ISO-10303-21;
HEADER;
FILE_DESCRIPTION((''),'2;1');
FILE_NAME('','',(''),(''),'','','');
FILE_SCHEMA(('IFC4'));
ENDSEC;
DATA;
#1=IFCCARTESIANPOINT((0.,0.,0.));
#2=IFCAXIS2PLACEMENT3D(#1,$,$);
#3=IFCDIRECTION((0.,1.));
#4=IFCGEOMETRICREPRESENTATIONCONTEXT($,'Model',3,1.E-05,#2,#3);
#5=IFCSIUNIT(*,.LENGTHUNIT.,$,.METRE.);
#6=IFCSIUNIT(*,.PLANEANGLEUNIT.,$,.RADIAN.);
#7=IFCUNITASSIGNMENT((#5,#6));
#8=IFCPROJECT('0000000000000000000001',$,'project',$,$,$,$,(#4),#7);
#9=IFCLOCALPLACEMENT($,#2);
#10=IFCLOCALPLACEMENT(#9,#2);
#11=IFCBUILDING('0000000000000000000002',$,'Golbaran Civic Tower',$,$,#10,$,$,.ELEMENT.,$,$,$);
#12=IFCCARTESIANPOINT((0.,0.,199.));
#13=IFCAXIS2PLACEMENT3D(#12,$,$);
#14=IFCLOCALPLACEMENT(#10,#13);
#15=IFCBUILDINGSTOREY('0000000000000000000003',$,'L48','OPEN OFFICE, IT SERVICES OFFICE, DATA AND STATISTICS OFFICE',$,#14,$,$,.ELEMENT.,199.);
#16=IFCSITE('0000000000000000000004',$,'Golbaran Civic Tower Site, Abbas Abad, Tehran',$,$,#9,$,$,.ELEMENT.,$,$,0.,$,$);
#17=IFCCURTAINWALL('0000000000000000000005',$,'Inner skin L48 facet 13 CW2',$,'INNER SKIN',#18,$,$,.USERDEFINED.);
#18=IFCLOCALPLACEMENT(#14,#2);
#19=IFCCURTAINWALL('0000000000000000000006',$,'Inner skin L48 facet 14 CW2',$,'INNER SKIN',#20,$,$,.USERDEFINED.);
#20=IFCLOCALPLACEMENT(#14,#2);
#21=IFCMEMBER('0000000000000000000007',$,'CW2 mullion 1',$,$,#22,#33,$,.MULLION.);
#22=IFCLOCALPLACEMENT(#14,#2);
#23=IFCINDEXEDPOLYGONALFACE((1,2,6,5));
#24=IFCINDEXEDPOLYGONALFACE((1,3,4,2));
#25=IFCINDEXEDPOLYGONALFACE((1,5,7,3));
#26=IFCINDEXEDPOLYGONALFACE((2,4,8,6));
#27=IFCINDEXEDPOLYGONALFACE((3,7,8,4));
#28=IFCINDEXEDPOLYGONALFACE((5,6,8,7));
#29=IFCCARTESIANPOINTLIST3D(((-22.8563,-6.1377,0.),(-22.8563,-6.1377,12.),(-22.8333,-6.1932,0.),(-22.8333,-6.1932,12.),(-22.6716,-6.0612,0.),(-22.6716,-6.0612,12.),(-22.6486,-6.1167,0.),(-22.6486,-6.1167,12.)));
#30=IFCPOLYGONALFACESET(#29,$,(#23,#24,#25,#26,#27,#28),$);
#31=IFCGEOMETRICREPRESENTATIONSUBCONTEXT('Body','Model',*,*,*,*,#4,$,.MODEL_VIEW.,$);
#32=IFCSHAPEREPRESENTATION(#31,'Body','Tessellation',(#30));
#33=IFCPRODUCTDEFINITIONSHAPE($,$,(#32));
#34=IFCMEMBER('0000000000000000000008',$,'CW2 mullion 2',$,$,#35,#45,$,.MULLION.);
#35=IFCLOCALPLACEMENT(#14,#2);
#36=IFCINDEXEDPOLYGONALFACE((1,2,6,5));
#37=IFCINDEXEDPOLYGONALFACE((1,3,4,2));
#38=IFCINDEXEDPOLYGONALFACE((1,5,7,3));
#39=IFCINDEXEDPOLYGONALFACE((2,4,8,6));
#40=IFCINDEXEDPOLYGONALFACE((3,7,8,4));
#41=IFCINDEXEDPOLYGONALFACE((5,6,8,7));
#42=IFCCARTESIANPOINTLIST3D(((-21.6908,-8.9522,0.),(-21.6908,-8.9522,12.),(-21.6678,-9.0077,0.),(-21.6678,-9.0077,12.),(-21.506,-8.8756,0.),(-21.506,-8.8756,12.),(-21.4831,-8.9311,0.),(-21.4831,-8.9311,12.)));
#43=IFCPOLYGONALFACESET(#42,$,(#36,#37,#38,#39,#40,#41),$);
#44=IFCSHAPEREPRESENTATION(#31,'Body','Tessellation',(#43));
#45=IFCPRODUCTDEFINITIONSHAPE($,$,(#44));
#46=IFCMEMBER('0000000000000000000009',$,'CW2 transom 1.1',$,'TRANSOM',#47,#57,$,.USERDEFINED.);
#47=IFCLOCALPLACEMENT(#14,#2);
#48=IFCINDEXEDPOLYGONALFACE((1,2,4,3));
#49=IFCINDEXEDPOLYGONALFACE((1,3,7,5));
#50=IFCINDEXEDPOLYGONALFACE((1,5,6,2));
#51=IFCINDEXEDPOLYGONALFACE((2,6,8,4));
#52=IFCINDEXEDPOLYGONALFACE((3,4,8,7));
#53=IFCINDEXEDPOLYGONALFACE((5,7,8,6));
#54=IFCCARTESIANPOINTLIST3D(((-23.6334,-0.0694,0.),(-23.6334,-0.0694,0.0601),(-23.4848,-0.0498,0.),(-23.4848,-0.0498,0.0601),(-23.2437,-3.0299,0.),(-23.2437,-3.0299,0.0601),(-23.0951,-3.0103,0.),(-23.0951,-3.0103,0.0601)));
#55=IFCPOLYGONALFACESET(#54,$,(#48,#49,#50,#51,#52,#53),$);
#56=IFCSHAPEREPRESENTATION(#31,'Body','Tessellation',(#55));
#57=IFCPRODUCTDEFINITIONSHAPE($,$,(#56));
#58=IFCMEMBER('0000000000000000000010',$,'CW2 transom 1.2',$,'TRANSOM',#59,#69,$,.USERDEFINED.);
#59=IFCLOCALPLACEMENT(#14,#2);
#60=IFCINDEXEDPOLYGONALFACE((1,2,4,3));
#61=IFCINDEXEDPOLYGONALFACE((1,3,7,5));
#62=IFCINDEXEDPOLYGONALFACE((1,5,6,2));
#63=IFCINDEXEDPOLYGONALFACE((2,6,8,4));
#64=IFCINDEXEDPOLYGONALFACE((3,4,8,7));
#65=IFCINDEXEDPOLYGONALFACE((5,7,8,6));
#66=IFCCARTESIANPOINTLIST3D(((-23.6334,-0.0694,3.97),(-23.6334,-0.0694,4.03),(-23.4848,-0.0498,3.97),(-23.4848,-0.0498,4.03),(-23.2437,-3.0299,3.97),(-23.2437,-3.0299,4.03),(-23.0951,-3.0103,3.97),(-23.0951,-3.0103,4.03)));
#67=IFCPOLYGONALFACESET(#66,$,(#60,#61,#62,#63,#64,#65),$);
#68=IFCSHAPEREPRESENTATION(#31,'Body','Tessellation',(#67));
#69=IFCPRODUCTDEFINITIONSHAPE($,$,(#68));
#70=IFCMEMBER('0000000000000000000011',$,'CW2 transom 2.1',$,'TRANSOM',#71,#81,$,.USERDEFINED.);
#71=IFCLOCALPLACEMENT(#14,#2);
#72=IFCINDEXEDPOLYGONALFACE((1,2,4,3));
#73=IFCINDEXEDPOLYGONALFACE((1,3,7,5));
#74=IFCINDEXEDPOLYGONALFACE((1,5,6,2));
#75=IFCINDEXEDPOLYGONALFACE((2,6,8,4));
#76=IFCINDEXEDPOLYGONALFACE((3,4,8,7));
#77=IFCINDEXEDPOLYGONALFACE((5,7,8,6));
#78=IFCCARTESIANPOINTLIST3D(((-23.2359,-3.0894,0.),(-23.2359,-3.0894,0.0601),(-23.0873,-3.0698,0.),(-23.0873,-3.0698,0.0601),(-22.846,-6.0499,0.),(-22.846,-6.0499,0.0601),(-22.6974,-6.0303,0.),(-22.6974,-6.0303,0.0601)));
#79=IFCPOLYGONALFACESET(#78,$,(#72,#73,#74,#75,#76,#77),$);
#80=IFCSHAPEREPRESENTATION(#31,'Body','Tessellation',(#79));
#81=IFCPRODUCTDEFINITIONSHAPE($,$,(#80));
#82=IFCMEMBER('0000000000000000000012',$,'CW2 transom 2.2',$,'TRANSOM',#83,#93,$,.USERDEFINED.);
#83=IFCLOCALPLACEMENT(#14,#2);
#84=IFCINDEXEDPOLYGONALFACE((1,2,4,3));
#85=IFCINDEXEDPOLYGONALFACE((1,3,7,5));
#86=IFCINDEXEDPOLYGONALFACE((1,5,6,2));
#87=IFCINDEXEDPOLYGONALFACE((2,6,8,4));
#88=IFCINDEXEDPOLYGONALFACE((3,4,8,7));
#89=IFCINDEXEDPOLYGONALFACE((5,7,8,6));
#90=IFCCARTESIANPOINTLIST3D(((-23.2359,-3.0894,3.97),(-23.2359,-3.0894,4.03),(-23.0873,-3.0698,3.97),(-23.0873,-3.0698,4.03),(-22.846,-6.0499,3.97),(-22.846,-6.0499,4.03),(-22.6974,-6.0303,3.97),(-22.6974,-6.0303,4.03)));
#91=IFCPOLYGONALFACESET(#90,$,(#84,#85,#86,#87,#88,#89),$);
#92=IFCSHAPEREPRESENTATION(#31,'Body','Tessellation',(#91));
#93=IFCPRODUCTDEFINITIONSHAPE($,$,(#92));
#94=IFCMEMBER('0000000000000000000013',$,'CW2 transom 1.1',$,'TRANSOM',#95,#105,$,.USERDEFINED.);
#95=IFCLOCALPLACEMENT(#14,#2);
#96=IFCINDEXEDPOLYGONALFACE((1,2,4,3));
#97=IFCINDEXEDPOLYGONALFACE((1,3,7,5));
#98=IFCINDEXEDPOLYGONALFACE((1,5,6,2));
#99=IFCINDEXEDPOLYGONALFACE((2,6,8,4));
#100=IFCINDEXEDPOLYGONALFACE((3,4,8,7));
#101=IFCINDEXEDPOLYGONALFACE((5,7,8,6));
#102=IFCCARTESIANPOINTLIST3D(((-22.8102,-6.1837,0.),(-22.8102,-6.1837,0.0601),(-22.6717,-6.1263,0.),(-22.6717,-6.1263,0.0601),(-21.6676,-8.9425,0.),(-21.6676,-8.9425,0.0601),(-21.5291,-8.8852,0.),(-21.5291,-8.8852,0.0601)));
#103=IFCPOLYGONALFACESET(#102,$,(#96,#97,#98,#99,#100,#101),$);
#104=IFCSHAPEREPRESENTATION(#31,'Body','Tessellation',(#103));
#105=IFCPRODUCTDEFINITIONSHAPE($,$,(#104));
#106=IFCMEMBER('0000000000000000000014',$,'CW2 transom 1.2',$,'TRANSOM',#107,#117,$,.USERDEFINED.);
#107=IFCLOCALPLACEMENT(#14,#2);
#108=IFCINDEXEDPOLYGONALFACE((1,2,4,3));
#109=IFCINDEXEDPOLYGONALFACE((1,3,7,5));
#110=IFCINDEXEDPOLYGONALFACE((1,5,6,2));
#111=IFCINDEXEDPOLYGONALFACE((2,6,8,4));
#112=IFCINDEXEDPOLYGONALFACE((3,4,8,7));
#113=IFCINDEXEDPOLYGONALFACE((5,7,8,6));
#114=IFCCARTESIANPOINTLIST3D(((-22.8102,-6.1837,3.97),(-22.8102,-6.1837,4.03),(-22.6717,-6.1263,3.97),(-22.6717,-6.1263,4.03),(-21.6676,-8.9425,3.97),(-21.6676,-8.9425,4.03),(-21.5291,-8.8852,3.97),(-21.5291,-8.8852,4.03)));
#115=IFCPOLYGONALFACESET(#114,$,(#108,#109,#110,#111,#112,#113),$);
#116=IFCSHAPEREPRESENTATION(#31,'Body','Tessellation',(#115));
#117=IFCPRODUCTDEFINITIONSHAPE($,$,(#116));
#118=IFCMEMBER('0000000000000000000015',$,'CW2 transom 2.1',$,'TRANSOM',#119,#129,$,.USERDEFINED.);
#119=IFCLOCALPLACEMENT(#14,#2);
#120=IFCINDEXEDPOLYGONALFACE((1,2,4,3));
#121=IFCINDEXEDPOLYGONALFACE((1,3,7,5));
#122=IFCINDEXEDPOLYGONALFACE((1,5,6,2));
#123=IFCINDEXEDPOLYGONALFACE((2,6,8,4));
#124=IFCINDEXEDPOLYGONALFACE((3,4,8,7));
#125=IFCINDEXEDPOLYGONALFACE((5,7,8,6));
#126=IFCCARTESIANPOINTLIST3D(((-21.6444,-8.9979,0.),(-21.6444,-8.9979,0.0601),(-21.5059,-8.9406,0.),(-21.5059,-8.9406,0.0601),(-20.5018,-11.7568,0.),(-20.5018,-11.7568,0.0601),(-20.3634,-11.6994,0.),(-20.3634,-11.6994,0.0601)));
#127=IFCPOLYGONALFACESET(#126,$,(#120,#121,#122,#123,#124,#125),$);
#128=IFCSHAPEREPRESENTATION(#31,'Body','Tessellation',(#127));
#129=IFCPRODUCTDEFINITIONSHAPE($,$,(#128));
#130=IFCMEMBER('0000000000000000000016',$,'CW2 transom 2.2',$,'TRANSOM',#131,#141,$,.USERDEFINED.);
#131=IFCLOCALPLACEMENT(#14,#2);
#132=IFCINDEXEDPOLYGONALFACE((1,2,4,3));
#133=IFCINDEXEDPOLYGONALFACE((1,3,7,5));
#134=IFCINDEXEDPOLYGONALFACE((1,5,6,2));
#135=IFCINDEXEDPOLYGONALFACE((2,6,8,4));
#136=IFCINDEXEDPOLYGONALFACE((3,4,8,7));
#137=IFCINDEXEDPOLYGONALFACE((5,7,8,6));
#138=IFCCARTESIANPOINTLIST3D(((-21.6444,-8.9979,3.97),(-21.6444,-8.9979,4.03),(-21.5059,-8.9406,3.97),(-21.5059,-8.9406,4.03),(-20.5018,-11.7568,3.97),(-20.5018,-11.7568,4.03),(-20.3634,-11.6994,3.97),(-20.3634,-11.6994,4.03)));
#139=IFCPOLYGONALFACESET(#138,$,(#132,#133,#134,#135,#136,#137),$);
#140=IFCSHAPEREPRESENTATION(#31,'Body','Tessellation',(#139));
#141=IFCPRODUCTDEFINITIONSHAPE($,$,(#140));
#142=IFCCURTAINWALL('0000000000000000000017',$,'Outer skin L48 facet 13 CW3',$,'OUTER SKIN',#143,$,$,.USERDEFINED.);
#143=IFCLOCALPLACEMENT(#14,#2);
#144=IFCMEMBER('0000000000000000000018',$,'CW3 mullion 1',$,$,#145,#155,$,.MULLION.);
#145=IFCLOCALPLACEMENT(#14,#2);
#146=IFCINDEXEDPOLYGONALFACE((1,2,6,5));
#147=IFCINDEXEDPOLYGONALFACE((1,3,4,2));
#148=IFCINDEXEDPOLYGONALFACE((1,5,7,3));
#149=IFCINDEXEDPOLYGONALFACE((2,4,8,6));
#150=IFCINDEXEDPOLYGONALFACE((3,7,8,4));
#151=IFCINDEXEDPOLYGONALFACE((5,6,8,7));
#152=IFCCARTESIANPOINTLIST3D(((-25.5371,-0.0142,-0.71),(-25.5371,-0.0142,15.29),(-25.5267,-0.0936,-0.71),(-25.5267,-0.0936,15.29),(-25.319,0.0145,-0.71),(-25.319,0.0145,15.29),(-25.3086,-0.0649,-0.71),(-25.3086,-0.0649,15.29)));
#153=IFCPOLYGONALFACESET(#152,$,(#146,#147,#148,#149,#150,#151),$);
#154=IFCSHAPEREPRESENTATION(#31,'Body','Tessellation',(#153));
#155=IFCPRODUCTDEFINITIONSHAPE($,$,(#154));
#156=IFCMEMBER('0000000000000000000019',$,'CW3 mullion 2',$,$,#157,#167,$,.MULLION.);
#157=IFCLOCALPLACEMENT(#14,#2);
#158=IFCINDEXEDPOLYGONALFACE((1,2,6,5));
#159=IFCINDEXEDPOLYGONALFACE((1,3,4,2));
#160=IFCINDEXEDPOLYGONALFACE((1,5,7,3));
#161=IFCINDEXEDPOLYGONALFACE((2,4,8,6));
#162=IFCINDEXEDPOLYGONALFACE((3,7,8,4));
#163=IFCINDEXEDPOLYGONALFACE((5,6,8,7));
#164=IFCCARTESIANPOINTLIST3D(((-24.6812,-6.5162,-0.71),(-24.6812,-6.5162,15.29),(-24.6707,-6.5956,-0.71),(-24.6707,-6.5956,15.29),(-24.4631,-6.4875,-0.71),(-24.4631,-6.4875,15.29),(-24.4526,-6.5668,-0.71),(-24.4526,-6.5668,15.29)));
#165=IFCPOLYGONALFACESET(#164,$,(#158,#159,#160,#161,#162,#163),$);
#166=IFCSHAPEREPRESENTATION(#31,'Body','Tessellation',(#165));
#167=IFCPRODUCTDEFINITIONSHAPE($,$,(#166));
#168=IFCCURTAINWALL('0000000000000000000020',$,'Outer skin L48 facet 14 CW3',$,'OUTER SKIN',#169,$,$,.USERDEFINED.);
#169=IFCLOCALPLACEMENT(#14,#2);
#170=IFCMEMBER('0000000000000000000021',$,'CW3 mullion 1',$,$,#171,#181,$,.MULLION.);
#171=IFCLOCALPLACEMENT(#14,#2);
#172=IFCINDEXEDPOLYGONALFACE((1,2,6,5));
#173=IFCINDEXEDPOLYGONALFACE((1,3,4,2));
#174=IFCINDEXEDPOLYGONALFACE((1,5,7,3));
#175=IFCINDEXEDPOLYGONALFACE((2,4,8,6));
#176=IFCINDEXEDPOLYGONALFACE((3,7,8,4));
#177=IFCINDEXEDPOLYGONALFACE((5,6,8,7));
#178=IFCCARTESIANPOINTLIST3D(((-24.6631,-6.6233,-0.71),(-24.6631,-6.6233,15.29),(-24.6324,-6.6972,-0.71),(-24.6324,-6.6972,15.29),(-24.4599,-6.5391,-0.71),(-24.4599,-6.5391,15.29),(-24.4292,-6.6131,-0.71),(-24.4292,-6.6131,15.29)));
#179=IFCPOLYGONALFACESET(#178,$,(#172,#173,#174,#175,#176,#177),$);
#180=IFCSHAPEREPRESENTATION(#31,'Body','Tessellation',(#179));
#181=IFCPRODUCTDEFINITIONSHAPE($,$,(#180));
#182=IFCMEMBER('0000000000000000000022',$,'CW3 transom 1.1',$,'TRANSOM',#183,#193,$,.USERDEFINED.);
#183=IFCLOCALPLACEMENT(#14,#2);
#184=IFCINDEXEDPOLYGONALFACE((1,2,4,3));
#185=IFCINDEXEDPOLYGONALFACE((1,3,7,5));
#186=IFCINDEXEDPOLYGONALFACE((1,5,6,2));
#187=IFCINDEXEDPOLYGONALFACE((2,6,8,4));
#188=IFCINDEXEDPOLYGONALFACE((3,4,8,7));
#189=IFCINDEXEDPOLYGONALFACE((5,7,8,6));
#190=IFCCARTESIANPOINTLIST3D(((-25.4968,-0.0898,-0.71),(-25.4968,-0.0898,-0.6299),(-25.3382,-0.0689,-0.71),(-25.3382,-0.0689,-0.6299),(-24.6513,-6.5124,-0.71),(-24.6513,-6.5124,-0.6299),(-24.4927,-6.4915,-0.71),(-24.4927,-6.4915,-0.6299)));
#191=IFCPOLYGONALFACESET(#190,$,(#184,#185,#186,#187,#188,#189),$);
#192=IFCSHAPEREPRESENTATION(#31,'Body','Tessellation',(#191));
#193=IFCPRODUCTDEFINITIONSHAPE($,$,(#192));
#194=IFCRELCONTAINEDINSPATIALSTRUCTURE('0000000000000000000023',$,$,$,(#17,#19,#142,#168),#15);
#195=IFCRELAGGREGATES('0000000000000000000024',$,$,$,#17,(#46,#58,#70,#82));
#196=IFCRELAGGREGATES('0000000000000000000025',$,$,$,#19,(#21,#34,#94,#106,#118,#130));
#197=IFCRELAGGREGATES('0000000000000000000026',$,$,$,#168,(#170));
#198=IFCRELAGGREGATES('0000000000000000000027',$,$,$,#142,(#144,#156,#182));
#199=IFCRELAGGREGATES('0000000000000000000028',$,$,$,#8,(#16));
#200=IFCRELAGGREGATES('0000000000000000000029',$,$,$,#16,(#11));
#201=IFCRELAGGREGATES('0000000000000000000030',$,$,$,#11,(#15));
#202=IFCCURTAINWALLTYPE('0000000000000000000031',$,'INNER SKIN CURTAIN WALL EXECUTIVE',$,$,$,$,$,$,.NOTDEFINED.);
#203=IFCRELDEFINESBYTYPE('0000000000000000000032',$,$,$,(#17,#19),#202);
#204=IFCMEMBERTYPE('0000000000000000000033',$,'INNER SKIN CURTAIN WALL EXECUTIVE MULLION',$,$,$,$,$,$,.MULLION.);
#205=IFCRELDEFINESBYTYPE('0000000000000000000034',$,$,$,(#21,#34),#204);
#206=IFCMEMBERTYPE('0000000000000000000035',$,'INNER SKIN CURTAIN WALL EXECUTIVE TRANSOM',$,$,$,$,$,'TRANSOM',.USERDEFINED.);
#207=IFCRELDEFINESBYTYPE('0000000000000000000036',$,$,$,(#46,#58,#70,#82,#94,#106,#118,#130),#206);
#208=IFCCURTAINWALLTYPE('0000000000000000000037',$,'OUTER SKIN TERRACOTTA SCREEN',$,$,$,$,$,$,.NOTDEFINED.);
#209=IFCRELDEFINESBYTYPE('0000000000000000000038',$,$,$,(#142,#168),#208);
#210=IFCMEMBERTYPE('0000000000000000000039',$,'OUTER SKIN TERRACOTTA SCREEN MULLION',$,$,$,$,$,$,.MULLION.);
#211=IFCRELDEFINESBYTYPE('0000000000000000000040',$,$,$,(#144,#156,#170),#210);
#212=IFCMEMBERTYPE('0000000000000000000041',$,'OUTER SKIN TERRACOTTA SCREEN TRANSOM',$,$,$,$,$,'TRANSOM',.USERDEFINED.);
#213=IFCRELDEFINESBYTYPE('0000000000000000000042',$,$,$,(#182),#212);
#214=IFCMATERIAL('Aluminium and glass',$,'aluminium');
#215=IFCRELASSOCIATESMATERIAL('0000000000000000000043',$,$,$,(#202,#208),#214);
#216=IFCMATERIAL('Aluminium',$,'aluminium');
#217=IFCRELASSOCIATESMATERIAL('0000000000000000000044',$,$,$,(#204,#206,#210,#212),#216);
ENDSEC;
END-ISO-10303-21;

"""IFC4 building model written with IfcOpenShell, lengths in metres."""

from ifc_helpers import new_model, si_unit, direction, frame, origin, origin_2d, place, context, subcontext, project, spatial, rectangle, extrude, material, material_profile, profile_set, type_object, element, aggregate, save


model = new_model("IFC4")

# Units and contexts
model_context = context("Model", 3, precision=1e-05, world=origin(), true_north=direction((0.0, 1.0)))
body_context = subcontext(model_context, "Body", "Model", "MODEL_VIEW")
ifc_project = project(units=[si_unit("LENGTHUNIT", "METRE"), si_unit("PLANEANGLEUNIT", "RADIAN")], contexts=[model_context])

# Site, building, storey
site_placement = place(None, origin())
site = spatial("IfcSite", under=ifc_project, at=site_placement, Name="Golbaran Civic Tower Site, Abbas Abad, Tehran", CompositionType="ELEMENT", RefElevation=0.0)
building_placement = place(site_placement, origin())
building = spatial("IfcBuilding", under=site, at=building_placement, Name="Golbaran Civic Tower", CompositionType="ELEMENT")
storey_placement = place(building_placement, frame((0.0, 0.0, 199.0)))
storey = spatial("IfcBuildingStorey", under=building, at=storey_placement, Name="L48", Description="OPEN OFFICE, IT SERVICES OFFICE, DATA AND STATISTICS OFFICE", CompositionType="ELEMENT", Elevation=199.0)

# Curtain walls, members
ifc_material_1 = material(Name="Aluminium and glass", Category="aluminium")
curtain_wall_type_1 = type_object("IfcCurtainWallType", Name="INNER SKIN CURTAIN WALL EXECUTIVE", PredefinedType="NOTDEFINED", material=ifc_material_1)
curtain_wall_1_placement = place(storey_placement, origin())
curtain_wall_1 = element("IfcCurtainWall", 1, at=curtain_wall_1_placement, inside=storey, type_object=curtain_wall_type_1, Name="Inner skin L48 facet 13 CW2", ObjectType="INNER SKIN", PredefinedType="USERDEFINED")
ifc_material_2 = material(Name="Aluminium", Category="aluminium")
ifc_material_profile_1 = material_profile(ifc_material_2, rectangle(XDim=0.2, YDim=0.0601, at=origin_2d()), Name="INNER SKIN CURTAIN WALL EXECUTIVE MULLION")
ifc_profile_set_1 = profile_set([ifc_material_profile_1], Name="Aluminium")
member_type_1 = type_object("IfcMemberType", Name="INNER SKIN CURTAIN WALL EXECUTIVE MULLION", PredefinedType="MULLION", material=ifc_profile_set_1)
curtain_wall_2_placement = place(storey_placement, origin())
curtain_wall_2 = element("IfcCurtainWall", 2, at=curtain_wall_2_placement, inside=storey, type_object=curtain_wall_type_1, Name="Inner skin L48 facet 14 CW2", ObjectType="INNER SKIN", PredefinedType="USERDEFINED")
member_1_placement = place(storey_placement, frame((-22.7524, -6.1272, 0.0), z_axis=(0.0, 0.0, 1.0), x_axis=(0.92388, 0.382683, 0.0)))
member_1 = element("IfcMember", 3, at=member_1_placement, type_object=member_type_1, Name="CW2 mullion 1", PredefinedType="MULLION", context=body_context, shape_type="SweptSolid", body=[
    extrude(rectangle(XDim=0.2, YDim=0.0601, at=origin_2d()), origin(), (0.0, 0.0, 1.0), 12.0),
])
member_2_placement = place(storey_placement, frame((-21.5869, -8.9417, 0.0), z_axis=(0.0, 0.0, 1.0), x_axis=(0.92388, 0.382683, 0.0)))
member_2 = element("IfcMember", 4, at=member_2_placement, type_object=member_type_1, Name="CW2 mullion 2", PredefinedType="MULLION", context=body_context, shape_type="SweptSolid", body=[
    extrude(rectangle(XDim=0.2, YDim=0.0601, at=origin_2d()), origin(), (0.0, 0.0, 1.0), 12.0),
])

# Members
ifc_material_profile_2 = material_profile(ifc_material_2, rectangle(XDim=0.1499, YDim=0.0601, at=origin_2d()), Name="INNER SKIN CURTAIN WALL EXECUTIVE TRANSOM")
ifc_profile_set_2 = profile_set([ifc_material_profile_2], Name="Aluminium")
member_type_2 = type_object("IfcMemberType", Name="INNER SKIN CURTAIN WALL EXECUTIVE TRANSOM", ElementType="TRANSOM", PredefinedType="USERDEFINED", material=ifc_profile_set_2)
member_3_placement = place(storey_placement, frame((-23.5591, -0.0596, 0.03), z_axis=(0.130493, -0.991449, 0.0), x_axis=(0.991449, 0.130493, 0.0)))
member_3 = element("IfcMember", 5, at=member_3_placement, type_object=member_type_2, Name="CW2 transom 1.1", ObjectType="TRANSOM", PredefinedType="USERDEFINED", context=body_context, shape_type="SweptSolid", body=[
    extrude(rectangle(XDim=0.1499, YDim=0.0601, at=origin_2d()), origin(), (0.0, 0.0, 1.0), 2.9861),
])
member_4_placement = place(storey_placement, frame((-23.5591, -0.0596, 4.0), z_axis=(0.130493, -0.991449, 0.0), x_axis=(0.991449, 0.130493, 0.0)))
member_4 = element("IfcMember", 6, at=member_4_placement, type_object=member_type_2, Name="CW2 transom 1.2", ObjectType="TRANSOM", PredefinedType="USERDEFINED", context=body_context, shape_type="SweptSolid", body=[
    extrude(rectangle(XDim=0.1499, YDim=0.0601, at=origin_2d()), origin(), (0.0, 0.0, 1.0), 2.9861),
])
member_5_placement = place(storey_placement, frame((-23.1616, -3.0796, 0.03), z_axis=(0.130573, -0.991439, 0.0), x_axis=(0.991439, 0.130573, 0.0)))
member_5 = element("IfcMember", 7, at=member_5_placement, type_object=member_type_2, Name="CW2 transom 2.1", ObjectType="TRANSOM", PredefinedType="USERDEFINED", context=body_context, shape_type="SweptSolid", body=[
    extrude(rectangle(XDim=0.1499, YDim=0.0601, at=origin_2d()), origin(), (0.0, 0.0, 1.0), 2.9861),
])
member_6_placement = place(storey_placement, frame((-23.1616, -3.0796, 4.0), z_axis=(0.130573, -0.991439, 0.0), x_axis=(0.991439, 0.130573, 0.0)))
member_6 = element("IfcMember", 8, at=member_6_placement, type_object=member_type_2, Name="CW2 transom 2.2", ObjectType="TRANSOM", PredefinedType="USERDEFINED", context=body_context, shape_type="SweptSolid", body=[
    extrude(rectangle(XDim=0.1499, YDim=0.0601, at=origin_2d()), origin(), (0.0, 0.0, 1.0), 2.9861),
])
member_7_placement = place(storey_placement, frame((-22.741, -6.155, 0.03), z_axis=(0.382641, -0.923897, 0.0), x_axis=(0.923897, 0.382641, 0.0)))
member_7 = element("IfcMember", 9, at=member_7_placement, type_object=member_type_2, Name="CW2 transom 1.1", ObjectType="TRANSOM", PredefinedType="USERDEFINED", context=body_context, shape_type="SweptSolid", body=[
    extrude(rectangle(XDim=0.1499, YDim=0.0601, at=origin_2d()), origin(), (0.0, 0.0, 1.0), 2.9861),
])
member_8_placement = place(storey_placement, frame((-22.741, -6.155, 4.0), z_axis=(0.382641, -0.923897, 0.0), x_axis=(0.923897, 0.382641, 0.0)))
member_8 = element("IfcMember", 10, at=member_8_placement, type_object=member_type_2, Name="CW2 transom 1.2", ObjectType="TRANSOM", PredefinedType="USERDEFINED", context=body_context, shape_type="SweptSolid", body=[
    extrude(rectangle(XDim=0.1499, YDim=0.0601, at=origin_2d()), origin(), (0.0, 0.0, 1.0), 2.9861),
])
member_9_placement = place(storey_placement, frame((-21.5752, -8.9692, 0.03), z_axis=(0.382641, -0.923897, 0.0), x_axis=(0.923897, 0.382641, 0.0)))
member_9 = element("IfcMember", 11, at=member_9_placement, type_object=member_type_2, Name="CW2 transom 2.1", ObjectType="TRANSOM", PredefinedType="USERDEFINED", context=body_context, shape_type="SweptSolid", body=[
    extrude(rectangle(XDim=0.1499, YDim=0.0601, at=origin_2d()), origin(), (0.0, 0.0, 1.0), 2.9861),
])
member_10_placement = place(storey_placement, frame((-21.5752, -8.9692, 4.0), z_axis=(0.382641, -0.923897, 0.0), x_axis=(0.923897, 0.382641, 0.0)))
member_10 = element("IfcMember", 12, at=member_10_placement, type_object=member_type_2, Name="CW2 transom 2.2", ObjectType="TRANSOM", PredefinedType="USERDEFINED", context=body_context, shape_type="SweptSolid", body=[
    extrude(rectangle(XDim=0.1499, YDim=0.0601, at=origin_2d()), origin(), (0.0, 0.0, 1.0), 2.9861),
])

# Curtain wall, members
curtain_wall_type_2 = type_object("IfcCurtainWallType", Name="OUTER SKIN TERRACOTTA SCREEN", PredefinedType="NOTDEFINED", material=ifc_material_1)
curtain_wall_3_placement = place(storey_placement, origin())
curtain_wall_3 = element("IfcCurtainWall", 13, at=curtain_wall_3_placement, inside=storey, type_object=curtain_wall_type_2, Name="Outer skin L48 facet 13 CW3", ObjectType="OUTER SKIN", PredefinedType="USERDEFINED")
ifc_material_profile_3 = material_profile(ifc_material_2, rectangle(XDim=0.22, YDim=0.0801, at=origin_2d()), Name="OUTER SKIN TERRACOTTA SCREEN MULLION")
ifc_profile_set_3 = profile_set([ifc_material_profile_3], Name="Aluminium")
member_type_3 = type_object("IfcMemberType", Name="OUTER SKIN TERRACOTTA SCREEN MULLION", PredefinedType="MULLION", material=ifc_profile_set_3)
member_11_placement = place(storey_placement, frame((-25.4229, -0.0396, -0.71), z_axis=(0.0, 0.0, 1.0), x_axis=(0.991445, 0.130526, 0.0)))
member_11 = element("IfcMember", 14, at=member_11_placement, type_object=member_type_3, Name="CW3 mullion 1", PredefinedType="MULLION", context=body_context, shape_type="SweptSolid", body=[
    extrude(rectangle(XDim=0.22, YDim=0.0801, at=origin_2d()), origin(), (0.0, 0.0, 1.0), 16.0),
])
member_12_placement = place(storey_placement, frame((-24.5669, -6.5415, -0.71), z_axis=(0.0, 0.0, 1.0), x_axis=(0.991445, 0.130526, 0.0)))
member_12 = element("IfcMember", 15, at=member_12_placement, type_object=member_type_3, Name="CW3 mullion 2", PredefinedType="MULLION", context=body_context, shape_type="SweptSolid", body=[
    extrude(rectangle(XDim=0.22, YDim=0.0801, at=origin_2d()), origin(), (0.0, 0.0, 1.0), 16.0),
])

# Curtain wall, member
curtain_wall_4_placement = place(storey_placement, origin())
curtain_wall_4 = element("IfcCurtainWall", 16, at=curtain_wall_4_placement, inside=storey, type_object=curtain_wall_type_2, Name="Outer skin L48 facet 14 CW3", ObjectType="OUTER SKIN", PredefinedType="USERDEFINED")
member_13_placement = place(storey_placement, frame((-24.5461, -6.6182, -0.71), z_axis=(0.0, 0.0, 1.0), x_axis=(0.92388, 0.382683, 0.0)))
member_13 = element("IfcMember", 17, at=member_13_placement, type_object=member_type_3, Name="CW3 mullion 1", PredefinedType="MULLION", context=body_context, shape_type="SweptSolid", body=[
    extrude(rectangle(XDim=0.22, YDim=0.0801, at=origin_2d()), origin(), (0.0, 0.0, 1.0), 16.0),
])

# Member
ifc_material_profile_4 = material_profile(ifc_material_2, rectangle(XDim=0.1599, YDim=0.0801, at=origin_2d()), Name="OUTER SKIN TERRACOTTA SCREEN TRANSOM")
ifc_profile_set_4 = profile_set([ifc_material_profile_4], Name="Aluminium")
member_type_4 = type_object("IfcMemberType", Name="OUTER SKIN TERRACOTTA SCREEN TRANSOM", ElementType="TRANSOM", PredefinedType="USERDEFINED", material=ifc_profile_set_4)
member_14_placement = place(storey_placement, frame((-25.4175, -0.0793, -0.6699), z_axis=(0.130512, -0.991447, 0.0), x_axis=(0.991447, 0.130512, 0.0)))
member_14 = element("IfcMember", 18, at=member_14_placement, type_object=member_type_4, Name="CW3 transom 1.1", ObjectType="TRANSOM", PredefinedType="USERDEFINED", context=body_context, shape_type="SweptSolid", body=[
    extrude(rectangle(XDim=0.1599, YDim=0.0801, at=origin_2d()), origin(), (0.0, 0.0, 1.0), 6.478),
])

aggregate(curtain_wall_1, [member_3, member_4, member_5, member_6])
aggregate(curtain_wall_2, [member_1, member_2, member_7, member_8, member_9, member_10])
aggregate(curtain_wall_4, [member_13])
aggregate(curtain_wall_3, [member_11, member_12, member_14])

save(model, "model.ifc")
